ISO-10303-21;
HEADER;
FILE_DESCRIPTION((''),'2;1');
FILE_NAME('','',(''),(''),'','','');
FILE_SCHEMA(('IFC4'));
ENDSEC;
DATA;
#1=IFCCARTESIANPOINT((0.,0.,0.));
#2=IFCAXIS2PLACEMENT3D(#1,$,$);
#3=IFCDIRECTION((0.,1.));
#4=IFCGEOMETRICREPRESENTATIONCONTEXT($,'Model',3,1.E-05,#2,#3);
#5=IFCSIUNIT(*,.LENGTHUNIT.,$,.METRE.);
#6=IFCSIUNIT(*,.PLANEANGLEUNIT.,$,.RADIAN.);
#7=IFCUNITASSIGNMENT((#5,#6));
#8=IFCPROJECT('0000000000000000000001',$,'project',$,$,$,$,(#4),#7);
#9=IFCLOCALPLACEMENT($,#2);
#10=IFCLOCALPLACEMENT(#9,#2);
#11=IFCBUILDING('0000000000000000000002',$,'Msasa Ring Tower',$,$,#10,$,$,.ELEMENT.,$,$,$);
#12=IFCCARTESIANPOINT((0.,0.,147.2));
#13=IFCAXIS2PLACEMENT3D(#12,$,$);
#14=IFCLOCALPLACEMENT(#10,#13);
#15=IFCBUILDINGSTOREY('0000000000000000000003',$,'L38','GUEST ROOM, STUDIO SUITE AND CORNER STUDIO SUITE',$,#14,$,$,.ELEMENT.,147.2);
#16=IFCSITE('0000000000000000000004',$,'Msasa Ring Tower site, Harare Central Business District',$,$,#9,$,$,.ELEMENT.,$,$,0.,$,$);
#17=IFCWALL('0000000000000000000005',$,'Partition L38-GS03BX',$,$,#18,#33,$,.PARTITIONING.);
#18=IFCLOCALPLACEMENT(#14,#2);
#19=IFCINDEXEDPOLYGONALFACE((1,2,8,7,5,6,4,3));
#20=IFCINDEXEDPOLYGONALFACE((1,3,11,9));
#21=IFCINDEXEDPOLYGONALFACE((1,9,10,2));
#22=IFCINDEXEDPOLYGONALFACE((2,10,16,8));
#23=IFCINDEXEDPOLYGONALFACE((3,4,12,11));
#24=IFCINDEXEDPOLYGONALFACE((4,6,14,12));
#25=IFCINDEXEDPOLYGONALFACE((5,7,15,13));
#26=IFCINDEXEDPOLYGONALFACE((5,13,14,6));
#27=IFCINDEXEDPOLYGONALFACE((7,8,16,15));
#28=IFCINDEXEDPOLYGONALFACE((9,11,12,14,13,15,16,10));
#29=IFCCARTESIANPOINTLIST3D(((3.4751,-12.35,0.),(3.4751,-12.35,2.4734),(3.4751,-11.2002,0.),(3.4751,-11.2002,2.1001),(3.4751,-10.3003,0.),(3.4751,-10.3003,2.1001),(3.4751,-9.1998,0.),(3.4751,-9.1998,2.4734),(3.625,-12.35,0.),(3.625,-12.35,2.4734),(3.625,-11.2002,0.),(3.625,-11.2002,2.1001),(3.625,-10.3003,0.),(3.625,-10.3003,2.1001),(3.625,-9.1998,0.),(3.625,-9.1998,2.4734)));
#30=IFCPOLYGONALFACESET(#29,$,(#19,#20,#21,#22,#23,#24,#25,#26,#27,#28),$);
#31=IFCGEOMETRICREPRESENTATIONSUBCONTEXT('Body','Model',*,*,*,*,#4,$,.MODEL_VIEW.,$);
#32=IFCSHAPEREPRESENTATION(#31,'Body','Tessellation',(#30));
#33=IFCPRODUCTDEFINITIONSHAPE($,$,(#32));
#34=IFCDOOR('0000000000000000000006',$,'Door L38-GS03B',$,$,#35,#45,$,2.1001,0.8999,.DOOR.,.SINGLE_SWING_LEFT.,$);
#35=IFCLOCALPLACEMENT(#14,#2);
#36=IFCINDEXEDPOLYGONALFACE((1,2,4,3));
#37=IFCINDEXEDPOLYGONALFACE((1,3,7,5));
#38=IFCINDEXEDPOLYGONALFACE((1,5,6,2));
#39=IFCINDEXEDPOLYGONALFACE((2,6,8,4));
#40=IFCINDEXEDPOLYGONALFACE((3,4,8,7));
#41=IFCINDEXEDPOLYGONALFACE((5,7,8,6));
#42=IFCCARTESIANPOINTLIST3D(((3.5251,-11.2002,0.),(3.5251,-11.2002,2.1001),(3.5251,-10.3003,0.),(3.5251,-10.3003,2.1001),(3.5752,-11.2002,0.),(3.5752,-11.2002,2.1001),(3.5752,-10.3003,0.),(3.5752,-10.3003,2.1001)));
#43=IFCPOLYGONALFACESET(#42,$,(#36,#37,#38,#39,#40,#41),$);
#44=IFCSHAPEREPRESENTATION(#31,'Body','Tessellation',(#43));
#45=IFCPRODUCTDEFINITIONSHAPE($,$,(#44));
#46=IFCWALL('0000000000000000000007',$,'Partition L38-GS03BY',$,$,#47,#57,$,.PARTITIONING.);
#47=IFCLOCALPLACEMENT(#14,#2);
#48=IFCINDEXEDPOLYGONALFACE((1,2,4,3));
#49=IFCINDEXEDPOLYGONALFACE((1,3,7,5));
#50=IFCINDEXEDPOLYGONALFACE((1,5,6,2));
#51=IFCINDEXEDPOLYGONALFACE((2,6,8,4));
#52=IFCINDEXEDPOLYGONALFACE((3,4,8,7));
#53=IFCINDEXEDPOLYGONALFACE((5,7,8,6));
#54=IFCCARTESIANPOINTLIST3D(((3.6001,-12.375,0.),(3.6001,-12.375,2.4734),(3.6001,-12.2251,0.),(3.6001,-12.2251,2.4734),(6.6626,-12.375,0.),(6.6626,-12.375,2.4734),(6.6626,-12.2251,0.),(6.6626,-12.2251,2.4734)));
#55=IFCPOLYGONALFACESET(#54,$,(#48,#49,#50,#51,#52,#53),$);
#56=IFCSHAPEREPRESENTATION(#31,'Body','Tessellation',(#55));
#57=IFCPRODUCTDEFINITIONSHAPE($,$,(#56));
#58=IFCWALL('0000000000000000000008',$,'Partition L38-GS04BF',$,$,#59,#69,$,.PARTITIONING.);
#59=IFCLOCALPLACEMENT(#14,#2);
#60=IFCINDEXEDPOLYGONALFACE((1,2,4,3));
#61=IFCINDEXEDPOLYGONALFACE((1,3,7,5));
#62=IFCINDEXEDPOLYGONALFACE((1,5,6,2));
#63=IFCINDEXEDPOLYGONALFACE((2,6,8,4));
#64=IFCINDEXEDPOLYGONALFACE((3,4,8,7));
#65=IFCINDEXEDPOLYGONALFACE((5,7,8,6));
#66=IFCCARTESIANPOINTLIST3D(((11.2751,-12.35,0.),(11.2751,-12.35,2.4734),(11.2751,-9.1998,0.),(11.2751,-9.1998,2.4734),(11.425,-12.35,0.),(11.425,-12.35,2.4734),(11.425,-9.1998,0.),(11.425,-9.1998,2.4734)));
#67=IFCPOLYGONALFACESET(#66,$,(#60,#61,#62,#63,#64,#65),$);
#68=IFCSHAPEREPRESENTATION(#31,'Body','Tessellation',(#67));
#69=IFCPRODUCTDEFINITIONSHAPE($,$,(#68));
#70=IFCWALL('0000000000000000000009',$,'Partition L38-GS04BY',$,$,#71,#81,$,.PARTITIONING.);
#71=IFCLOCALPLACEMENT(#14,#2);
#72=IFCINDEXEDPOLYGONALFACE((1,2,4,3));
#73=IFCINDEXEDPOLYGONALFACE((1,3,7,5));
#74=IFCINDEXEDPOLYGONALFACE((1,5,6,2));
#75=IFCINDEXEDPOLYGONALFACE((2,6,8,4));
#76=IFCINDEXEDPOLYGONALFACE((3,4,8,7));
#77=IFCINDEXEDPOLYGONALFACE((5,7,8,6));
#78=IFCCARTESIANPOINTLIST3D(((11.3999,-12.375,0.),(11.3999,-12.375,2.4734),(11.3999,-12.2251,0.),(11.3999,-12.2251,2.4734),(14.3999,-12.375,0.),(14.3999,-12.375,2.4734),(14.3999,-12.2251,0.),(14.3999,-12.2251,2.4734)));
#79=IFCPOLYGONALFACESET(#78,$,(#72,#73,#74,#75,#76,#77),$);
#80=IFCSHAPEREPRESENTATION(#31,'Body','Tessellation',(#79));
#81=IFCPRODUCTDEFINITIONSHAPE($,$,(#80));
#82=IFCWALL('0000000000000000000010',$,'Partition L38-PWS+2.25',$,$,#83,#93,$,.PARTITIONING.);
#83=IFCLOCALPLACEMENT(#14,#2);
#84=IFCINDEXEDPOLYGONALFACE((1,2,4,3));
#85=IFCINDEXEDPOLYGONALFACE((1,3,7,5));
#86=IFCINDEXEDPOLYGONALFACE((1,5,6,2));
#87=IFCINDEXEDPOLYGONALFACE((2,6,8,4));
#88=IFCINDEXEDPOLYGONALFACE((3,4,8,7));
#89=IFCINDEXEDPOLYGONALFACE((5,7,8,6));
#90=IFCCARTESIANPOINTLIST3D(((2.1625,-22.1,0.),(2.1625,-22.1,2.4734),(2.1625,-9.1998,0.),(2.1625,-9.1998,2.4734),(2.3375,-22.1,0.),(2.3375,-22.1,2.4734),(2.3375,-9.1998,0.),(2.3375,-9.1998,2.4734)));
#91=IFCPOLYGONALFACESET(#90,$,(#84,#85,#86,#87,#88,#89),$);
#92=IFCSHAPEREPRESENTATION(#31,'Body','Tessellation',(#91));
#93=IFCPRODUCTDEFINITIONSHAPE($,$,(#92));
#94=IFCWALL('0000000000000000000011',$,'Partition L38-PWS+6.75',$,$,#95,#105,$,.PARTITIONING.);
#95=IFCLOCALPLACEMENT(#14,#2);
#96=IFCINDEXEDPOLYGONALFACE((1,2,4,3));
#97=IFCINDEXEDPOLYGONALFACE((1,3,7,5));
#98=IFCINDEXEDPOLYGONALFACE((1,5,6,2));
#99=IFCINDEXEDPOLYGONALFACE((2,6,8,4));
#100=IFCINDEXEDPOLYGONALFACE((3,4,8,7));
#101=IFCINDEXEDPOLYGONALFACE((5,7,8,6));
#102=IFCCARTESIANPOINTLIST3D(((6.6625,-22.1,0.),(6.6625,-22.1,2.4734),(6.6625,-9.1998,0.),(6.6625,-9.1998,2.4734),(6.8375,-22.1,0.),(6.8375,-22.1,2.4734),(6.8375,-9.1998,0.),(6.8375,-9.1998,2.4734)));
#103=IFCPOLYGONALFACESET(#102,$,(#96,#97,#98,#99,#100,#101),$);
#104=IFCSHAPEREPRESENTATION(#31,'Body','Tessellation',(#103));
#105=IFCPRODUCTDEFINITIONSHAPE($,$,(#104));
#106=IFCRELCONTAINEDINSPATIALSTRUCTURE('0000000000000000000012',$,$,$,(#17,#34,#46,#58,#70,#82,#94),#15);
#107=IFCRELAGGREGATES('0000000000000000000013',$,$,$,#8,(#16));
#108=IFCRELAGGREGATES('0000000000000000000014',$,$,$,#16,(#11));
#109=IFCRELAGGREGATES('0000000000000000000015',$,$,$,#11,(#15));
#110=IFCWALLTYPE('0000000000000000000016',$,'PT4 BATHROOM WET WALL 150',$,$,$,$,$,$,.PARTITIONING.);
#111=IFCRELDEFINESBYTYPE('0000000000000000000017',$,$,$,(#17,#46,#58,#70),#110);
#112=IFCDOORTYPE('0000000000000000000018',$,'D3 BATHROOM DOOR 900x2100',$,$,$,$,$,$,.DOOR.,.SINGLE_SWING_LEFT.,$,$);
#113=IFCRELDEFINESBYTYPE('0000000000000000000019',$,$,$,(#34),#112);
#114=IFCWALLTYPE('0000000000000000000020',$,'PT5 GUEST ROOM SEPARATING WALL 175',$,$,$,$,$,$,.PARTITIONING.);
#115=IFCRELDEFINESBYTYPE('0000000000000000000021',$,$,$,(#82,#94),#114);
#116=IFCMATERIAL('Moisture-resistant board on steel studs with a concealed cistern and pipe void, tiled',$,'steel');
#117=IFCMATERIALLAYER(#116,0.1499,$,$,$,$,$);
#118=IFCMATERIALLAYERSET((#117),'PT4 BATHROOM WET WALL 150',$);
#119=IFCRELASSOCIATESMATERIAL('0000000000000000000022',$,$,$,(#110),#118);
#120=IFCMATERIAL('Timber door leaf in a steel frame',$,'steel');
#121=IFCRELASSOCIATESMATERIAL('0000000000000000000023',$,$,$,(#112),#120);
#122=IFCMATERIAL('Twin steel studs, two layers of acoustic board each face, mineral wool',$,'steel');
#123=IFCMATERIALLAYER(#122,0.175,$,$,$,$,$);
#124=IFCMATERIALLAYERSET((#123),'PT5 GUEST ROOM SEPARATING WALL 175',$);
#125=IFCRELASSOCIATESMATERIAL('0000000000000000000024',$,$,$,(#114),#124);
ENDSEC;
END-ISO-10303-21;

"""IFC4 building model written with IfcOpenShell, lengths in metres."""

from ifc_helpers import new_model, si_unit, direction, frame, frame_2d, origin, place, context, subcontext, project, spatial, rectangle, extrude, material, layer, layer_set, type_object, element, fill, save


model = new_model("IFC4")

# Units and contexts
model_context = context("Model", 3, precision=1e-05, world=origin(), true_north=direction((0.0, 1.0)))
body_context = subcontext(model_context, "Body", "Model", "MODEL_VIEW")
ifc_project = project(units=[si_unit("LENGTHUNIT", "METRE"), si_unit("PLANEANGLEUNIT", "RADIAN")], contexts=[model_context])

# Site, building, storey
site_placement = place(None, origin())
site = spatial("IfcSite", under=ifc_project, at=site_placement, Name="Msasa Ring Tower site, Harare Central Business District", CompositionType="ELEMENT", RefElevation=0.0)
building_placement = place(site_placement, origin())
building = spatial("IfcBuilding", under=site, at=building_placement, Name="Msasa Ring Tower", CompositionType="ELEMENT")
storey_placement = place(building_placement, frame((0.0, 0.0, 147.2)))
storey = spatial("IfcBuildingStorey", under=building, at=storey_placement, Name="L38", Description="GUEST ROOM, STUDIO SUITE AND CORNER STUDIO SUITE", CompositionType="ELEMENT", Elevation=147.2)

# Wall, opening, door
ifc_material_1 = material(Name="Moisture-resistant board on steel studs with a concealed cistern and pipe void, tiled", Category="steel")
ifc_layer_1 = layer(ifc_material_1, 0.1499)
ifc_layer_set_1 = layer_set([ifc_layer_1], Name="PT4 BATHROOM WET WALL 150")
wall_type_1 = type_object("IfcWallType", Name="PT4 BATHROOM WET WALL 150", PredefinedType="PARTITIONING", material=ifc_layer_set_1)
wall_1_placement = place(storey_placement, frame((3.55, -12.3501, 0.0), z_axis=(0.0, 0.0, 1.0), x_axis=(0.0, 1.0, 0.0)))
wall_1 = element("IfcWall", 1, at=wall_1_placement, inside=storey, type_object=wall_type_1, Name="Partition L38-GS03BX", PredefinedType="PARTITIONING", context=body_context, shape_type="SweptSolid", body=[
    extrude(rectangle(XDim=3.1501, YDim=0.1499, at=frame_2d((1.5752, 0.0))), origin(), (0.0, 0.0, 1.0), 2.4734),
])
opening_1_placement = place(wall_1_placement, frame((1.1499, 0.0, 0.0)))
opening_1 = element("IfcOpeningElement", 2, at=opening_1_placement, cuts=wall_1, PredefinedType="OPENING", context=body_context, shape_type="SweptSolid", body=[
    extrude(rectangle(XDim=0.8999, YDim=2.1001, at=frame_2d((0.45, 1.05))), frame((0.0, 0.085, 0.0), z_axis=(0.0, -1.0, 0.0), x_axis=(1.0, 0.0, 0.0)), (0.0, 0.0, 1.0), 0.1699),
])
ifc_material_2 = material(Name="Timber door leaf in a steel frame", Category="steel")
door_type = type_object("IfcDoorType", Name="D3 BATHROOM DOOR 900x2100", OperationType="SINGLE_SWING_LEFT", PredefinedType="DOOR", material=ifc_material_2)
door_placement = place(opening_1_placement, origin())
door = element("IfcDoor", 3, at=door_placement, inside=storey, type_object=door_type, Name="Door L38-GS03B", OperationType="SINGLE_SWING_LEFT", OverallHeight=2.1001, OverallWidth=0.8999, PredefinedType="DOOR", context=body_context, shape_type="SweptSolid", body=[
    extrude(rectangle(XDim=0.8999, YDim=2.1001, at=frame_2d((0.45, 1.05))), frame((0.0, 0.0249, 0.0), z_axis=(0.0, -1.0, 0.0), x_axis=(1.0, 0.0, 0.0)), (0.0, 0.0, 1.0), 0.05),
])
fill(opening_1, door)

# Walls
wall_2_placement = place(storey_placement, frame((3.6001, -12.3, 0.0), z_axis=(0.0, 0.0, 1.0), x_axis=(1.0, 0.0, 0.0)))
element("IfcWall", 4, at=wall_2_placement, inside=storey, type_object=wall_type_1, Name="Partition L38-GS03BY", PredefinedType="PARTITIONING", context=body_context, shape_type="SweptSolid", body=[
    extrude(rectangle(XDim=3.0625, YDim=0.1499, at=frame_2d((1.5312, 0.0))), origin(), (0.0, 0.0, 1.0), 2.4734),
])
wall_3_placement = place(storey_placement, frame((11.3501, -12.3501, 0.0), z_axis=(0.0, 0.0, 1.0), x_axis=(0.0, 1.0, 0.0)))
element("IfcWall", 5, at=wall_3_placement, inside=storey, type_object=wall_type_1, Name="Partition L38-GS04BF", PredefinedType="PARTITIONING", context=body_context, shape_type="SweptSolid", body=[
    extrude(rectangle(XDim=3.1501, YDim=0.1499, at=frame_2d((1.5752, 0.0))), origin(), (0.0, 0.0, 1.0), 2.4734),
])
wall_4_placement = place(storey_placement, frame((11.3999, -12.3, 0.0), z_axis=(0.0, 0.0, 1.0), x_axis=(1.0, 0.0, 0.0)))
element("IfcWall", 6, at=wall_4_placement, inside=storey, type_object=wall_type_1, Name="Partition L38-GS04BY", PredefinedType="PARTITIONING", context=body_context, shape_type="SweptSolid", body=[
    extrude(rectangle(XDim=3.0, YDim=0.1499, at=frame_2d((1.5, 0.0))), origin(), (0.0, 0.0, 1.0), 2.4734),
])
ifc_material_3 = material(Name="Twin steel studs, two layers of acoustic board each face, mineral wool", Category="steel")
ifc_layer_2 = layer(ifc_material_3, 0.175)
ifc_layer_set_2 = layer_set([ifc_layer_2], Name="PT5 GUEST ROOM SEPARATING WALL 175")
wall_type_2 = type_object("IfcWallType", Name="PT5 GUEST ROOM SEPARATING WALL 175", PredefinedType="PARTITIONING", material=ifc_layer_set_2)
for number, where, z_axis, x_axis, name in (
    (7, (2.25, -22.1001, 0.0), (0.0, 0.0, 1.0), (0.0, 1.0, 0.0), "Partition L38-PWS+2.25"),
    (8, (6.75, -22.1001, 0.0), (0.0, 0.0, 1.0), (0.0, 1.0, 0.0), "Partition L38-PWS+6.75"),
):
    element("IfcWall", number, at=place(storey_placement, frame(where, z_axis=z_axis, x_axis=x_axis)), inside=storey, type_object=wall_type_2, Name=name, PredefinedType="PARTITIONING", context=body_context, shape_type="SweptSolid", body=[
        extrude(rectangle(XDim=12.9001, YDim=0.175, at=frame_2d((6.4502, 0.0))), origin(), (0.0, 0.0, 1.0), 2.4734),
    ])

save(model, "model.ifc")
